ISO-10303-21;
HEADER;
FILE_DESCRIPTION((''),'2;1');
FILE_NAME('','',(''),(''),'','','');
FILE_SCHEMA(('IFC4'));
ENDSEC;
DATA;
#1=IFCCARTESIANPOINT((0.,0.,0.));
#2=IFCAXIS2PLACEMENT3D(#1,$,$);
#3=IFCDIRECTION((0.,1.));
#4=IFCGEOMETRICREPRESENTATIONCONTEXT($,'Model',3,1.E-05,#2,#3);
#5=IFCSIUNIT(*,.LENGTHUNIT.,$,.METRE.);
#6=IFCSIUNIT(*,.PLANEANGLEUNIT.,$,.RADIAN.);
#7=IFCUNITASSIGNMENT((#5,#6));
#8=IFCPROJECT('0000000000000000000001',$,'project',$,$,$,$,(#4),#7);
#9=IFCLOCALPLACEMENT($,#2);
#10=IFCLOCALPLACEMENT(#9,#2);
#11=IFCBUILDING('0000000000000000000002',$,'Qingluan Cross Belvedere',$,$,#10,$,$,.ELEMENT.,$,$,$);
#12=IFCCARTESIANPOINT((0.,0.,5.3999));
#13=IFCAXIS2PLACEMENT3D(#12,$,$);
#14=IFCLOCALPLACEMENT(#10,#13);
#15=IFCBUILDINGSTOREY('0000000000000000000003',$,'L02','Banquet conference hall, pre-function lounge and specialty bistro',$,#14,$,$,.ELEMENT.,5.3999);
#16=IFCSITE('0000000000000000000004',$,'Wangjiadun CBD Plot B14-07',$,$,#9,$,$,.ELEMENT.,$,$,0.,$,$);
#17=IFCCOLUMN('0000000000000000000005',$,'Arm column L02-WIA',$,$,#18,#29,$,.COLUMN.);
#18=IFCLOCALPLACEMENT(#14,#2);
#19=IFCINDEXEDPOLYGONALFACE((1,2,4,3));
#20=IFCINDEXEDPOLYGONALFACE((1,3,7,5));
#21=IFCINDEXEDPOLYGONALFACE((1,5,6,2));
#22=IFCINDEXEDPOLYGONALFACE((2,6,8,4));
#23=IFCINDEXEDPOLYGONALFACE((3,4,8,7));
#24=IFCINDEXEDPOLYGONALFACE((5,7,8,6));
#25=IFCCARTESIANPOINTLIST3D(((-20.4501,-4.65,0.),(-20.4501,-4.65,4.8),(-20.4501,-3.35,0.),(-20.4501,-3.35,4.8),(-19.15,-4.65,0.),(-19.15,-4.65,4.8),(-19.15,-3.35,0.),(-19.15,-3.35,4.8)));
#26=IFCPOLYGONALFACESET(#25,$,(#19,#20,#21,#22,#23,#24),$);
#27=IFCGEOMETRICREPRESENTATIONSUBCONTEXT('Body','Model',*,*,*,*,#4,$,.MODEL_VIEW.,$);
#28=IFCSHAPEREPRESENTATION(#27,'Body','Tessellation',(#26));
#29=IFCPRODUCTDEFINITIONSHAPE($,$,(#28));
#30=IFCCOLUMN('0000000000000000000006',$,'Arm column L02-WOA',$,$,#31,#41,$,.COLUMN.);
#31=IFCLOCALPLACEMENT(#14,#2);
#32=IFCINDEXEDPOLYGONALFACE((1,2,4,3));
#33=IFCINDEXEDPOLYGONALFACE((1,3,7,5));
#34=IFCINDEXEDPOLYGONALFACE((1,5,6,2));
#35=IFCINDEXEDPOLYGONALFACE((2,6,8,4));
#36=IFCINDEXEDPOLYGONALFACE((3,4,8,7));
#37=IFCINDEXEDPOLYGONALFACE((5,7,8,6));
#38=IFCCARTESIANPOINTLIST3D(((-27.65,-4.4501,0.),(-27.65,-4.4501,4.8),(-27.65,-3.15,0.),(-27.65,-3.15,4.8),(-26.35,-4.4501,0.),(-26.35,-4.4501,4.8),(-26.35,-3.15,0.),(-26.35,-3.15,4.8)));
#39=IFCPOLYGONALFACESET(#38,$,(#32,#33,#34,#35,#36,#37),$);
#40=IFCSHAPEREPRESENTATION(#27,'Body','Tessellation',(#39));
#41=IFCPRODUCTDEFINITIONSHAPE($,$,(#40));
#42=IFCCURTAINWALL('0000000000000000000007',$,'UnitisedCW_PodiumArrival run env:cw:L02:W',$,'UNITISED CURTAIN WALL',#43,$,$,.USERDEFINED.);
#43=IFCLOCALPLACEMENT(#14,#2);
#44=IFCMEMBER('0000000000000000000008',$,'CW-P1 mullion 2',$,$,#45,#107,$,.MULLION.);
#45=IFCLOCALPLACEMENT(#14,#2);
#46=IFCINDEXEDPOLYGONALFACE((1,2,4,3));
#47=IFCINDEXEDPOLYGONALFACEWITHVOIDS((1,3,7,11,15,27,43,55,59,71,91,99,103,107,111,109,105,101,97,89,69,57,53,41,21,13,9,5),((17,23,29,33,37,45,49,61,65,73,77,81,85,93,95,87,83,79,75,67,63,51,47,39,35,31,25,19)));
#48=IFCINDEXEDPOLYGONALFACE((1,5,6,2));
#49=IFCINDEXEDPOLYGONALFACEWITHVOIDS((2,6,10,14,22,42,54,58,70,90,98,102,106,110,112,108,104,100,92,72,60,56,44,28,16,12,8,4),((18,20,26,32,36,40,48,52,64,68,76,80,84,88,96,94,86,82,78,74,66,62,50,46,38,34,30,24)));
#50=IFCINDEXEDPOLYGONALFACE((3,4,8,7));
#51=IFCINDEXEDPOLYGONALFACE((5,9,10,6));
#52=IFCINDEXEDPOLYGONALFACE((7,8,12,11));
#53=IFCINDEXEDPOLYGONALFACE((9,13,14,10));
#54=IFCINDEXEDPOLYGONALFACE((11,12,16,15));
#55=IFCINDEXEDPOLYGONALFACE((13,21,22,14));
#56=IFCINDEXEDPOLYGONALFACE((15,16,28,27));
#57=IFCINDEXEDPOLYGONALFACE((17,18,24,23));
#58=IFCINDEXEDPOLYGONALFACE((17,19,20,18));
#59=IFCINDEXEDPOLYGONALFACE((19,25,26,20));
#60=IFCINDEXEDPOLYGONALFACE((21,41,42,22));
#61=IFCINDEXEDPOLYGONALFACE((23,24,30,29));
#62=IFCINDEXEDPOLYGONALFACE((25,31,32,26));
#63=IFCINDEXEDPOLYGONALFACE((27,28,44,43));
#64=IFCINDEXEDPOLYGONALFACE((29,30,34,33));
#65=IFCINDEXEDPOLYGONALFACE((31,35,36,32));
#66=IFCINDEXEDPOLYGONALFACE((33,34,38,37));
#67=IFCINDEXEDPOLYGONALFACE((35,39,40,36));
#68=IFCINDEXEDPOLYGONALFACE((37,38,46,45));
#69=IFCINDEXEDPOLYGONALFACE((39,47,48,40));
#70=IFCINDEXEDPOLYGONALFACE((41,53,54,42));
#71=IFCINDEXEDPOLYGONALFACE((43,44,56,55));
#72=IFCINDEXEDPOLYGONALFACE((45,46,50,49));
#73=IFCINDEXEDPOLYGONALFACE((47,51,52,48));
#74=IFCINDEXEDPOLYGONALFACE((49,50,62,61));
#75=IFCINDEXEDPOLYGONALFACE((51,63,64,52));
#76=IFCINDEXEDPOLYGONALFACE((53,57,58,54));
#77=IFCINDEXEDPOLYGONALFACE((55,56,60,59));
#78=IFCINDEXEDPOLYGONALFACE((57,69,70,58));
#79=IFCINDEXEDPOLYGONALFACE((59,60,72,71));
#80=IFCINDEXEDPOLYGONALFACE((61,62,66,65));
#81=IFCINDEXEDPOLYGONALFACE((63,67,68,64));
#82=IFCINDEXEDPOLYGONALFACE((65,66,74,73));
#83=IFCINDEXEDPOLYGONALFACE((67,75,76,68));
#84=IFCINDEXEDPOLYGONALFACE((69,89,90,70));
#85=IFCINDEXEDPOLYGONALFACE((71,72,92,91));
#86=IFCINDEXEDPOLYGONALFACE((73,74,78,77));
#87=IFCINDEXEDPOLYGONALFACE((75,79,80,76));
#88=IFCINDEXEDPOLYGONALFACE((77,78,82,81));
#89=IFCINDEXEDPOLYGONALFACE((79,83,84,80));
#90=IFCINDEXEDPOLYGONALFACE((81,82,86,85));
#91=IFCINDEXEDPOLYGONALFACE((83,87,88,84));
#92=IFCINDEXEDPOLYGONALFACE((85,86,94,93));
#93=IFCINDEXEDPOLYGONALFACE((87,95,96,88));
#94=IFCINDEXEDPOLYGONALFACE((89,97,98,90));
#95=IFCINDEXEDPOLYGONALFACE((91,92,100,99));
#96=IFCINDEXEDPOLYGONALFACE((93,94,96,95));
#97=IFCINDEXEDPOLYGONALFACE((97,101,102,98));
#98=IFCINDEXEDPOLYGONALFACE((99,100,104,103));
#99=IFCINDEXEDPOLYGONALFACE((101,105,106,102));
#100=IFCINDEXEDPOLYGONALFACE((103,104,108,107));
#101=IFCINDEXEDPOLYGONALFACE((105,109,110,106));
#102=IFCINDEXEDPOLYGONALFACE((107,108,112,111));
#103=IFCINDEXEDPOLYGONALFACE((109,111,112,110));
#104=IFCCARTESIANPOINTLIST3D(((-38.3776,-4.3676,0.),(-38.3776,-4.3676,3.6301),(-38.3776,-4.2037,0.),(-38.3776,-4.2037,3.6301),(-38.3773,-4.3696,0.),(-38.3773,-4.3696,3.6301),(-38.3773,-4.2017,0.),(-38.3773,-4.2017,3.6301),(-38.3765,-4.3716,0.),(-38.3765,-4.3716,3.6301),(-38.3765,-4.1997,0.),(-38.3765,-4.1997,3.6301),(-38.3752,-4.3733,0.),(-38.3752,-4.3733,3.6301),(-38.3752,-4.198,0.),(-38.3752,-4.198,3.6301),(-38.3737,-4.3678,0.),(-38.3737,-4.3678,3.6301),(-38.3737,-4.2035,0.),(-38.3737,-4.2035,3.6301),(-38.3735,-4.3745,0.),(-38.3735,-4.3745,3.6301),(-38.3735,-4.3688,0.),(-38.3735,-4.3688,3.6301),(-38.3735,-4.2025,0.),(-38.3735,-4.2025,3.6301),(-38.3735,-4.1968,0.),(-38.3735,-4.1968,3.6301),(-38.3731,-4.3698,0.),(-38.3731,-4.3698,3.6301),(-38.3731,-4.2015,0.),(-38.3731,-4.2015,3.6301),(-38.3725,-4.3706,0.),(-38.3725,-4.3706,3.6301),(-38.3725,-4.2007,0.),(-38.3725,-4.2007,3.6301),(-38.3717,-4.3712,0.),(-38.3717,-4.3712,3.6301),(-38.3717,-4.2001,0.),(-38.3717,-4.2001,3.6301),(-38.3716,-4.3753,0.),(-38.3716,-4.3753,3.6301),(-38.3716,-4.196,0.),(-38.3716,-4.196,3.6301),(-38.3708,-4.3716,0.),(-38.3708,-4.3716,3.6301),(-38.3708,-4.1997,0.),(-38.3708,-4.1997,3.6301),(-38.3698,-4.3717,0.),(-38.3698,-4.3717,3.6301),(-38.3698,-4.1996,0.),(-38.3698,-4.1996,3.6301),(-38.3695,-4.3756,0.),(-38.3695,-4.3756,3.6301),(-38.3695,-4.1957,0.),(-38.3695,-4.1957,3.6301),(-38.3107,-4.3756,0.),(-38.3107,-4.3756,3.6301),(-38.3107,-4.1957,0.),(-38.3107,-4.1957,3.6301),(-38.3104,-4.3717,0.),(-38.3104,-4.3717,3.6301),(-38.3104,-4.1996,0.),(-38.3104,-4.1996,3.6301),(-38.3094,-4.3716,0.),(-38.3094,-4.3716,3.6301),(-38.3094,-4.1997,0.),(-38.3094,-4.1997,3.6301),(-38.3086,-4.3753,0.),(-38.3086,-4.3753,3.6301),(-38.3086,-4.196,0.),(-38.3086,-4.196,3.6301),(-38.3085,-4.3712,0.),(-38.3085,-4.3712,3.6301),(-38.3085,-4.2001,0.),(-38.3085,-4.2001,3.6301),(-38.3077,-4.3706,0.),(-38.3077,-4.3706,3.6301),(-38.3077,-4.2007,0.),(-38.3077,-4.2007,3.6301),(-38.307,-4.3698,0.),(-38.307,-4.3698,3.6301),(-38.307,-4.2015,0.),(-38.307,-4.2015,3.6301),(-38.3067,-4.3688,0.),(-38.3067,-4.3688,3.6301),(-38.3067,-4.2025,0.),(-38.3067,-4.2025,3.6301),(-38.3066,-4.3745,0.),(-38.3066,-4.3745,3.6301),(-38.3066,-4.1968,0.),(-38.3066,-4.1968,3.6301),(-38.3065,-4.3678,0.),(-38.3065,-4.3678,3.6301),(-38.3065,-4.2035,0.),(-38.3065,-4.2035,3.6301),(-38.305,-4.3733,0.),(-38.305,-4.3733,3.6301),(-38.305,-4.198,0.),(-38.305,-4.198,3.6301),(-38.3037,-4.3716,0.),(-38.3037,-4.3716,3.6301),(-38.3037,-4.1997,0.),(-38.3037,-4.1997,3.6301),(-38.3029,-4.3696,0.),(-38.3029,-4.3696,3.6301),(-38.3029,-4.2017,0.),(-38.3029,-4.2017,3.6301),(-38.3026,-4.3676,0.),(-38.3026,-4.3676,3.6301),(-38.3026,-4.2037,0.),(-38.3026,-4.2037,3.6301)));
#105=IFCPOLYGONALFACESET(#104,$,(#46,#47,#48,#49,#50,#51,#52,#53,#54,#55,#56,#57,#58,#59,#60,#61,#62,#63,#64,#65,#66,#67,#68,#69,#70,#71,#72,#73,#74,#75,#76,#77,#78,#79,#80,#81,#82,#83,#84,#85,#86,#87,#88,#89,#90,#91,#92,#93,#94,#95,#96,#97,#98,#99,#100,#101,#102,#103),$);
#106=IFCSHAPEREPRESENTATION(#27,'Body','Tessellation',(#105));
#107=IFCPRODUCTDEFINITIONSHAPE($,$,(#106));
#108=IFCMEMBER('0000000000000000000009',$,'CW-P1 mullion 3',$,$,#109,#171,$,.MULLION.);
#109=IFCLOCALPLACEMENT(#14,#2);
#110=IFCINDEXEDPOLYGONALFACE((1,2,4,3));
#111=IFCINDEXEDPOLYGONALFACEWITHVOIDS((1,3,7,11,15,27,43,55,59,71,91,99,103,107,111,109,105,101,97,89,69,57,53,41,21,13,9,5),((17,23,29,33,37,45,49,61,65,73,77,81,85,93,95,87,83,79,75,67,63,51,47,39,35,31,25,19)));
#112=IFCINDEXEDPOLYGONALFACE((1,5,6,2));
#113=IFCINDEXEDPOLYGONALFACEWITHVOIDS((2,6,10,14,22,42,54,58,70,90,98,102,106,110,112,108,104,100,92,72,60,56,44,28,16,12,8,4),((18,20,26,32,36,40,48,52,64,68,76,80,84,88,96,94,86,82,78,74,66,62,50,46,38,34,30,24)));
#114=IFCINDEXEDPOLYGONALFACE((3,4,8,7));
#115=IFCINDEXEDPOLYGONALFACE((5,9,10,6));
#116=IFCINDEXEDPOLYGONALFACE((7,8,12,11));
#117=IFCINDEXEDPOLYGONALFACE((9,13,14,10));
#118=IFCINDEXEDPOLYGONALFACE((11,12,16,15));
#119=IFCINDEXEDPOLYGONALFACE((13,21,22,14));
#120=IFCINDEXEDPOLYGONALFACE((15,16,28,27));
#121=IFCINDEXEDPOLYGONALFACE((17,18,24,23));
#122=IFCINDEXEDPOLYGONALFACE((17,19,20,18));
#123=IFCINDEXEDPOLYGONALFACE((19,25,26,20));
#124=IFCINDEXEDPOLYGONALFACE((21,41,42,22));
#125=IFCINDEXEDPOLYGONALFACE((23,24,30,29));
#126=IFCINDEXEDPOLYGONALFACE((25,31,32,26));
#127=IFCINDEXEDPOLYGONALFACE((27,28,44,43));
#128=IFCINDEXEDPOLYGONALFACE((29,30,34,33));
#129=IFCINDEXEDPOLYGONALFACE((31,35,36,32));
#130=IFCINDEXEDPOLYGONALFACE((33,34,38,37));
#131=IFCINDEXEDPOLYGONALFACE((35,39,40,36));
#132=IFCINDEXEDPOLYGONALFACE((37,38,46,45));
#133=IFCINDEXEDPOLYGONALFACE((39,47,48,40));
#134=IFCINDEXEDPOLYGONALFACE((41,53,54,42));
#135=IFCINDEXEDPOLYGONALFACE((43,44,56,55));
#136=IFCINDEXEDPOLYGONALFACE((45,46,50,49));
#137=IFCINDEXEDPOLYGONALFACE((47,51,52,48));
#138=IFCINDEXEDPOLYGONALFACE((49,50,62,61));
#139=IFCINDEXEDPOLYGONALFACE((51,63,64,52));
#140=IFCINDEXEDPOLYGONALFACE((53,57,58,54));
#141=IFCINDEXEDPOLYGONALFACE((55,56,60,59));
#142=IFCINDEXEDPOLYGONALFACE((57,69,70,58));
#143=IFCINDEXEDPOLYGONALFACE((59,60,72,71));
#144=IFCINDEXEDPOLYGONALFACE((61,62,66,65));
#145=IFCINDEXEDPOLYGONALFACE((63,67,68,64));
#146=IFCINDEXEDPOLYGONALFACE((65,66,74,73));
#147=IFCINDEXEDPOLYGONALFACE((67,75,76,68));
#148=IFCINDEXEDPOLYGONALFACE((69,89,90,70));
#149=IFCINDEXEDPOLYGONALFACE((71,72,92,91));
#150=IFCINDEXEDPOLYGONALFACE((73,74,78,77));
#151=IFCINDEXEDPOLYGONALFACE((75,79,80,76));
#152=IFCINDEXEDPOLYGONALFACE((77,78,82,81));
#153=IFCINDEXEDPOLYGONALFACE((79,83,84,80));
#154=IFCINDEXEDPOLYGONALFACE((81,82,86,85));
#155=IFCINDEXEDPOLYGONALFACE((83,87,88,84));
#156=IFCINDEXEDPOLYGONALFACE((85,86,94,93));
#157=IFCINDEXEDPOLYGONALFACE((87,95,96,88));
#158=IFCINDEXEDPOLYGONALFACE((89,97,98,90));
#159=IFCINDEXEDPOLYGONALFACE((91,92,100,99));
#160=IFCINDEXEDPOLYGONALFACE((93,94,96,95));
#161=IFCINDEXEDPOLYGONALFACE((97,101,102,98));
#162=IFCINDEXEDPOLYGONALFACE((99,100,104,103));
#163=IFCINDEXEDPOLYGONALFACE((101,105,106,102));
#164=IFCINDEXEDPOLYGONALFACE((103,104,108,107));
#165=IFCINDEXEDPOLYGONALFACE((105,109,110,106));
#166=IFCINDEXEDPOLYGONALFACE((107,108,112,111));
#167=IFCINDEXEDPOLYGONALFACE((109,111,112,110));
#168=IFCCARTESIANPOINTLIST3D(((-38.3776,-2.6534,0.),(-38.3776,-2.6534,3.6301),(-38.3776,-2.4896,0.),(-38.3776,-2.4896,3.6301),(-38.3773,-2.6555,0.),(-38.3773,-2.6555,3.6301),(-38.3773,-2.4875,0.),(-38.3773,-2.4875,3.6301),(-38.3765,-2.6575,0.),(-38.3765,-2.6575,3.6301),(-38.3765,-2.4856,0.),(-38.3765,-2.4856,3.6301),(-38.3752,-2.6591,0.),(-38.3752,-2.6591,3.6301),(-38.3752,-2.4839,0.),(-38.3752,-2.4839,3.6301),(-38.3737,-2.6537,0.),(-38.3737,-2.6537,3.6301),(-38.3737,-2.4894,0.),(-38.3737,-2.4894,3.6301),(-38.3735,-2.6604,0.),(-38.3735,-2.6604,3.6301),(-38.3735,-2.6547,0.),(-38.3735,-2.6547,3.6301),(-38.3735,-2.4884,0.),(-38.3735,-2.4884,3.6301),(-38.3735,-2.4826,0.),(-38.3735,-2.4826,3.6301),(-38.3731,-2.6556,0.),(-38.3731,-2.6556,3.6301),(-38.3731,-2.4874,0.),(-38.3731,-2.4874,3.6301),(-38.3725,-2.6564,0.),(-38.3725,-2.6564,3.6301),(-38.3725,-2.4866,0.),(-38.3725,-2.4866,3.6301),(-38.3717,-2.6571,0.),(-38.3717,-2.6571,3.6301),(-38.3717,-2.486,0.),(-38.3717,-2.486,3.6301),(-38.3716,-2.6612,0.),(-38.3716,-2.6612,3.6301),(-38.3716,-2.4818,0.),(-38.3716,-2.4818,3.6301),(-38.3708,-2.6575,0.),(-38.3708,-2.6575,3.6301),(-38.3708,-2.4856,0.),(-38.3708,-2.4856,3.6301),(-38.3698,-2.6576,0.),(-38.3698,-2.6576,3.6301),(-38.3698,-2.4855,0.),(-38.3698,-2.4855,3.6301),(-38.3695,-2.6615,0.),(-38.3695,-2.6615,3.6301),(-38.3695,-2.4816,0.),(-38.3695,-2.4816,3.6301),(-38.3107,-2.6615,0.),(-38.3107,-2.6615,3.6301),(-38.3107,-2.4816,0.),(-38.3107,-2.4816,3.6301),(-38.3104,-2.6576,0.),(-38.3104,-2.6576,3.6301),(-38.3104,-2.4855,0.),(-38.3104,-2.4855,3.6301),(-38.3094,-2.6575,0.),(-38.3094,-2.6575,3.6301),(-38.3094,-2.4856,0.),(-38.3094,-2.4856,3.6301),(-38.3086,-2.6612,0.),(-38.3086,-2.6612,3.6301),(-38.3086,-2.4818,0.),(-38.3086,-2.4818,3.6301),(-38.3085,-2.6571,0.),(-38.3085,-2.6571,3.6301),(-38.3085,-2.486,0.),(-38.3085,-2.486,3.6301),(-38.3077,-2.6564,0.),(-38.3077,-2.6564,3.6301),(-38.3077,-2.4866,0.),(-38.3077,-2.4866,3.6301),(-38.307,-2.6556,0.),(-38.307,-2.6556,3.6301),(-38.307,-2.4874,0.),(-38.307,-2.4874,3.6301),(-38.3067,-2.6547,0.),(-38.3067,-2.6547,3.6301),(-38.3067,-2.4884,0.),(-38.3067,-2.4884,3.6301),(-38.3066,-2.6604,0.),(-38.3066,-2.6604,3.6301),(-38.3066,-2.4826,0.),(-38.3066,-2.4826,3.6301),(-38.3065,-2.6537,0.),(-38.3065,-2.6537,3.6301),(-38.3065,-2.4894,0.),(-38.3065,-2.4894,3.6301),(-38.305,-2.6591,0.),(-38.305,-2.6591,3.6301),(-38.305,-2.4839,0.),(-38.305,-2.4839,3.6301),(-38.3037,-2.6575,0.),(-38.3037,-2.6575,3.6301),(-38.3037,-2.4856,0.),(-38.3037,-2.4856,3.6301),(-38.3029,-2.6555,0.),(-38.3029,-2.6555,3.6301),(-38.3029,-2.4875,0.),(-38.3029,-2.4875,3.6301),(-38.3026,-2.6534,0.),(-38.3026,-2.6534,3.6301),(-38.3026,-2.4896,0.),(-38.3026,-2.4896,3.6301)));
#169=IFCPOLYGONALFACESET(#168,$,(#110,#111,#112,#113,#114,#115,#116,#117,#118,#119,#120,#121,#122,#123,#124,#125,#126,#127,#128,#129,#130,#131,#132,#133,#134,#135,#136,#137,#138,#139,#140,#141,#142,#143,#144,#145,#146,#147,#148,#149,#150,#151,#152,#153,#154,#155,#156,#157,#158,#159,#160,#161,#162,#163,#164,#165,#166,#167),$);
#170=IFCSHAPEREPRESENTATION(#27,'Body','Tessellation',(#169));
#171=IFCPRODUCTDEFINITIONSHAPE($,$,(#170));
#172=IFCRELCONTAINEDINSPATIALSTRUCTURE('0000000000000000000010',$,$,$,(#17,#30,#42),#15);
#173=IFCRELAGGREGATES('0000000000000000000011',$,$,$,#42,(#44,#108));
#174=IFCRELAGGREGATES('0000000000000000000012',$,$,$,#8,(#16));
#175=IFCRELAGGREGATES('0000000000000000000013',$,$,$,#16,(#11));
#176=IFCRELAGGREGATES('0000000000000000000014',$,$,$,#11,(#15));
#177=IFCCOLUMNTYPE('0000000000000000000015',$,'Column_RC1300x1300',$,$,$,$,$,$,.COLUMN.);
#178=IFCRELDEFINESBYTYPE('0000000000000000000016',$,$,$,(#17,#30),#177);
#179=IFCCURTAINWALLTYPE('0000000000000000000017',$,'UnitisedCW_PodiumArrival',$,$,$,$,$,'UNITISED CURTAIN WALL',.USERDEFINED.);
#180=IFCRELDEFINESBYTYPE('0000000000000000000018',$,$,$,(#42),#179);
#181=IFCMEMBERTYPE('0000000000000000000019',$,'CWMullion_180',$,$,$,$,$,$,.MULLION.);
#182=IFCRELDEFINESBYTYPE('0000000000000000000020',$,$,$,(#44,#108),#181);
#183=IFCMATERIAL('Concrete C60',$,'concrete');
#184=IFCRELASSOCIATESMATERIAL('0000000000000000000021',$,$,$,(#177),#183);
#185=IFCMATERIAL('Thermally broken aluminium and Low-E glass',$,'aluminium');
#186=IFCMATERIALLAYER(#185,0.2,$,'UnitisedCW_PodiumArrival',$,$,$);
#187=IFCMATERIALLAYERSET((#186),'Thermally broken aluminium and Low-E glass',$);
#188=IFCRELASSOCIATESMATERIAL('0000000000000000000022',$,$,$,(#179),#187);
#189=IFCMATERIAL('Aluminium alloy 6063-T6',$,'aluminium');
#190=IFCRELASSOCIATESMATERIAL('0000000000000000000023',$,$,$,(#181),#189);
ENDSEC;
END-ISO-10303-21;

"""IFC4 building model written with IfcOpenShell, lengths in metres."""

from ifc_helpers import new_model, si_unit, direction, frame, origin, origin_2d, place, context, subcontext, project, spatial, rectangle, hollow_rectangle, extrude, material, layer, layer_set, material_profile, profile_set, type_object, element, aggregate, save


model = new_model("IFC4")

# Units and contexts
model_context = context("Model", 3, precision=1e-05, world=origin(), true_north=direction((0.0, 1.0)))
body_context = subcontext(model_context, "Body", "Model", "MODEL_VIEW")
ifc_project = project(units=[si_unit("LENGTHUNIT", "METRE"), si_unit("PLANEANGLEUNIT", "RADIAN")], contexts=[model_context])

# Site, building, storey
site_placement = place(None, origin())
site = spatial("IfcSite", under=ifc_project, at=site_placement, Name="Wangjiadun CBD Plot B14-07", CompositionType="ELEMENT", RefElevation=0.0)
building_placement = place(site_placement, origin())
building = spatial("IfcBuilding", under=site, at=building_placement, Name="Qingluan Cross Belvedere", CompositionType="ELEMENT")
storey_placement = place(building_placement, frame((0.0, 0.0, 5.3999)))
storey = spatial("IfcBuildingStorey", under=building, at=storey_placement, Name="L02", Description="Banquet conference hall, pre-function lounge and specialty bistro", CompositionType="ELEMENT", Elevation=5.3999)

# Columns
ifc_material_1 = material(Name="Concrete C60", Category="concrete")
ifc_material_profile_1 = material_profile(ifc_material_1, rectangle(XDim=1.3, YDim=1.3, at=origin_2d()), Name="RC1300x1300")
ifc_profile_set_1 = profile_set([ifc_material_profile_1], Name="Concrete C60")
column_type = type_object("IfcColumnType", Name="Column_RC1300x1300", PredefinedType="COLUMN", material=ifc_profile_set_1)
for number, where, z_axis, x_axis, name in (
    (1, (-19.8, -4.0, 0.0), (0.0, 0.0, 1.0), (1.0, 0.0, 0.0), "Arm column L02-WIA"),
    (2, (-27.0, -3.8, 0.0), (0.0, 0.0, 1.0), (1.0, 0.0, 0.0), "Arm column L02-WOA"),
):
    element("IfcColumn", number, at=place(storey_placement, frame(where, z_axis=z_axis, x_axis=x_axis)), inside=storey, type_object=column_type, Name=name, PredefinedType="COLUMN", context=body_context, shape_type="SweptSolid", body=[
        extrude(rectangle(XDim=1.3, YDim=1.3, at=origin_2d()), origin(), (0.0, 0.0, 1.0), 4.8),
    ])

# Curtain wall, members
ifc_material_2 = material(Name="Thermally broken aluminium and Low-E glass", Category="aluminium")
ifc_layer_1 = layer(ifc_material_2, 0.2, Name="UnitisedCW_PodiumArrival")
ifc_layer_set_1 = layer_set([ifc_layer_1], Name="Thermally broken aluminium and Low-E glass")
curtain_wall_type = type_object("IfcCurtainWallType", Name="UnitisedCW_PodiumArrival", ElementType="UNITISED CURTAIN WALL", PredefinedType="USERDEFINED", material=ifc_layer_set_1)
curtain_wall_placement = place(storey_placement, origin())
curtain_wall = element("IfcCurtainWall", 3, at=curtain_wall_placement, inside=storey, type_object=curtain_wall_type, Name="UnitisedCW_PodiumArrival run env:cw:L02:W", ObjectType="UNITISED CURTAIN WALL", PredefinedType="USERDEFINED")
ifc_material_3 = material(Name="Aluminium alloy 6063-T6", Category="aluminium")
ifc_material_profile_2 = material_profile(ifc_material_3, hollow_rectangle(XDim=0.075, YDim=0.1799, WallThickness=0.0039, InnerFilletRadius=0.0039, OuterFilletRadius=0.0081, at=origin_2d()), Name="CWM180x75x4")
ifc_profile_set_2 = profile_set([ifc_material_profile_2], Name="Aluminium alloy 6063-T6")
member_type_1 = type_object("IfcMemberType", Name="CWMullion_180", PredefinedType="MULLION", material=ifc_profile_set_2)
member_1_placement = place(storey_placement, frame((-38.3401, -4.2856, 0.0), z_axis=(0.0, 0.0, 1.0), x_axis=(-1.0, 0.0, 0.0)))
member_1 = element("IfcMember", 4, at=member_1_placement, type_object=member_type_1, Name="CW-P1 mullion 2", PredefinedType="MULLION", context=body_context, shape_type="SweptSolid", body=[
    extrude(hollow_rectangle(XDim=0.075, YDim=0.1799, WallThickness=0.0039, InnerFilletRadius=0.0039, OuterFilletRadius=0.0081, at=origin_2d()), origin(), (0.0, 0.0, 1.0), 3.6301),
])
member_2_placement = place(storey_placement, frame((-38.3401, -2.5715, 0.0), z_axis=(0.0, 0.0, 1.0), x_axis=(-1.0, 0.0, 0.0)))
member_2 = element("IfcMember", 5, at=member_2_placement, type_object=member_type_1, Name="CW-P1 mullion 3", PredefinedType="MULLION", context=body_context, shape_type="SweptSolid", body=[
    extrude(hollow_rectangle(XDim=0.075, YDim=0.1799, WallThickness=0.0039, InnerFilletRadius=0.0039, OuterFilletRadius=0.0081, at=origin_2d()), origin(), (0.0, 0.0, 1.0), 3.6301),
])

aggregate(curtain_wall, [member_1, member_2])

save(model, "model.ifc")
